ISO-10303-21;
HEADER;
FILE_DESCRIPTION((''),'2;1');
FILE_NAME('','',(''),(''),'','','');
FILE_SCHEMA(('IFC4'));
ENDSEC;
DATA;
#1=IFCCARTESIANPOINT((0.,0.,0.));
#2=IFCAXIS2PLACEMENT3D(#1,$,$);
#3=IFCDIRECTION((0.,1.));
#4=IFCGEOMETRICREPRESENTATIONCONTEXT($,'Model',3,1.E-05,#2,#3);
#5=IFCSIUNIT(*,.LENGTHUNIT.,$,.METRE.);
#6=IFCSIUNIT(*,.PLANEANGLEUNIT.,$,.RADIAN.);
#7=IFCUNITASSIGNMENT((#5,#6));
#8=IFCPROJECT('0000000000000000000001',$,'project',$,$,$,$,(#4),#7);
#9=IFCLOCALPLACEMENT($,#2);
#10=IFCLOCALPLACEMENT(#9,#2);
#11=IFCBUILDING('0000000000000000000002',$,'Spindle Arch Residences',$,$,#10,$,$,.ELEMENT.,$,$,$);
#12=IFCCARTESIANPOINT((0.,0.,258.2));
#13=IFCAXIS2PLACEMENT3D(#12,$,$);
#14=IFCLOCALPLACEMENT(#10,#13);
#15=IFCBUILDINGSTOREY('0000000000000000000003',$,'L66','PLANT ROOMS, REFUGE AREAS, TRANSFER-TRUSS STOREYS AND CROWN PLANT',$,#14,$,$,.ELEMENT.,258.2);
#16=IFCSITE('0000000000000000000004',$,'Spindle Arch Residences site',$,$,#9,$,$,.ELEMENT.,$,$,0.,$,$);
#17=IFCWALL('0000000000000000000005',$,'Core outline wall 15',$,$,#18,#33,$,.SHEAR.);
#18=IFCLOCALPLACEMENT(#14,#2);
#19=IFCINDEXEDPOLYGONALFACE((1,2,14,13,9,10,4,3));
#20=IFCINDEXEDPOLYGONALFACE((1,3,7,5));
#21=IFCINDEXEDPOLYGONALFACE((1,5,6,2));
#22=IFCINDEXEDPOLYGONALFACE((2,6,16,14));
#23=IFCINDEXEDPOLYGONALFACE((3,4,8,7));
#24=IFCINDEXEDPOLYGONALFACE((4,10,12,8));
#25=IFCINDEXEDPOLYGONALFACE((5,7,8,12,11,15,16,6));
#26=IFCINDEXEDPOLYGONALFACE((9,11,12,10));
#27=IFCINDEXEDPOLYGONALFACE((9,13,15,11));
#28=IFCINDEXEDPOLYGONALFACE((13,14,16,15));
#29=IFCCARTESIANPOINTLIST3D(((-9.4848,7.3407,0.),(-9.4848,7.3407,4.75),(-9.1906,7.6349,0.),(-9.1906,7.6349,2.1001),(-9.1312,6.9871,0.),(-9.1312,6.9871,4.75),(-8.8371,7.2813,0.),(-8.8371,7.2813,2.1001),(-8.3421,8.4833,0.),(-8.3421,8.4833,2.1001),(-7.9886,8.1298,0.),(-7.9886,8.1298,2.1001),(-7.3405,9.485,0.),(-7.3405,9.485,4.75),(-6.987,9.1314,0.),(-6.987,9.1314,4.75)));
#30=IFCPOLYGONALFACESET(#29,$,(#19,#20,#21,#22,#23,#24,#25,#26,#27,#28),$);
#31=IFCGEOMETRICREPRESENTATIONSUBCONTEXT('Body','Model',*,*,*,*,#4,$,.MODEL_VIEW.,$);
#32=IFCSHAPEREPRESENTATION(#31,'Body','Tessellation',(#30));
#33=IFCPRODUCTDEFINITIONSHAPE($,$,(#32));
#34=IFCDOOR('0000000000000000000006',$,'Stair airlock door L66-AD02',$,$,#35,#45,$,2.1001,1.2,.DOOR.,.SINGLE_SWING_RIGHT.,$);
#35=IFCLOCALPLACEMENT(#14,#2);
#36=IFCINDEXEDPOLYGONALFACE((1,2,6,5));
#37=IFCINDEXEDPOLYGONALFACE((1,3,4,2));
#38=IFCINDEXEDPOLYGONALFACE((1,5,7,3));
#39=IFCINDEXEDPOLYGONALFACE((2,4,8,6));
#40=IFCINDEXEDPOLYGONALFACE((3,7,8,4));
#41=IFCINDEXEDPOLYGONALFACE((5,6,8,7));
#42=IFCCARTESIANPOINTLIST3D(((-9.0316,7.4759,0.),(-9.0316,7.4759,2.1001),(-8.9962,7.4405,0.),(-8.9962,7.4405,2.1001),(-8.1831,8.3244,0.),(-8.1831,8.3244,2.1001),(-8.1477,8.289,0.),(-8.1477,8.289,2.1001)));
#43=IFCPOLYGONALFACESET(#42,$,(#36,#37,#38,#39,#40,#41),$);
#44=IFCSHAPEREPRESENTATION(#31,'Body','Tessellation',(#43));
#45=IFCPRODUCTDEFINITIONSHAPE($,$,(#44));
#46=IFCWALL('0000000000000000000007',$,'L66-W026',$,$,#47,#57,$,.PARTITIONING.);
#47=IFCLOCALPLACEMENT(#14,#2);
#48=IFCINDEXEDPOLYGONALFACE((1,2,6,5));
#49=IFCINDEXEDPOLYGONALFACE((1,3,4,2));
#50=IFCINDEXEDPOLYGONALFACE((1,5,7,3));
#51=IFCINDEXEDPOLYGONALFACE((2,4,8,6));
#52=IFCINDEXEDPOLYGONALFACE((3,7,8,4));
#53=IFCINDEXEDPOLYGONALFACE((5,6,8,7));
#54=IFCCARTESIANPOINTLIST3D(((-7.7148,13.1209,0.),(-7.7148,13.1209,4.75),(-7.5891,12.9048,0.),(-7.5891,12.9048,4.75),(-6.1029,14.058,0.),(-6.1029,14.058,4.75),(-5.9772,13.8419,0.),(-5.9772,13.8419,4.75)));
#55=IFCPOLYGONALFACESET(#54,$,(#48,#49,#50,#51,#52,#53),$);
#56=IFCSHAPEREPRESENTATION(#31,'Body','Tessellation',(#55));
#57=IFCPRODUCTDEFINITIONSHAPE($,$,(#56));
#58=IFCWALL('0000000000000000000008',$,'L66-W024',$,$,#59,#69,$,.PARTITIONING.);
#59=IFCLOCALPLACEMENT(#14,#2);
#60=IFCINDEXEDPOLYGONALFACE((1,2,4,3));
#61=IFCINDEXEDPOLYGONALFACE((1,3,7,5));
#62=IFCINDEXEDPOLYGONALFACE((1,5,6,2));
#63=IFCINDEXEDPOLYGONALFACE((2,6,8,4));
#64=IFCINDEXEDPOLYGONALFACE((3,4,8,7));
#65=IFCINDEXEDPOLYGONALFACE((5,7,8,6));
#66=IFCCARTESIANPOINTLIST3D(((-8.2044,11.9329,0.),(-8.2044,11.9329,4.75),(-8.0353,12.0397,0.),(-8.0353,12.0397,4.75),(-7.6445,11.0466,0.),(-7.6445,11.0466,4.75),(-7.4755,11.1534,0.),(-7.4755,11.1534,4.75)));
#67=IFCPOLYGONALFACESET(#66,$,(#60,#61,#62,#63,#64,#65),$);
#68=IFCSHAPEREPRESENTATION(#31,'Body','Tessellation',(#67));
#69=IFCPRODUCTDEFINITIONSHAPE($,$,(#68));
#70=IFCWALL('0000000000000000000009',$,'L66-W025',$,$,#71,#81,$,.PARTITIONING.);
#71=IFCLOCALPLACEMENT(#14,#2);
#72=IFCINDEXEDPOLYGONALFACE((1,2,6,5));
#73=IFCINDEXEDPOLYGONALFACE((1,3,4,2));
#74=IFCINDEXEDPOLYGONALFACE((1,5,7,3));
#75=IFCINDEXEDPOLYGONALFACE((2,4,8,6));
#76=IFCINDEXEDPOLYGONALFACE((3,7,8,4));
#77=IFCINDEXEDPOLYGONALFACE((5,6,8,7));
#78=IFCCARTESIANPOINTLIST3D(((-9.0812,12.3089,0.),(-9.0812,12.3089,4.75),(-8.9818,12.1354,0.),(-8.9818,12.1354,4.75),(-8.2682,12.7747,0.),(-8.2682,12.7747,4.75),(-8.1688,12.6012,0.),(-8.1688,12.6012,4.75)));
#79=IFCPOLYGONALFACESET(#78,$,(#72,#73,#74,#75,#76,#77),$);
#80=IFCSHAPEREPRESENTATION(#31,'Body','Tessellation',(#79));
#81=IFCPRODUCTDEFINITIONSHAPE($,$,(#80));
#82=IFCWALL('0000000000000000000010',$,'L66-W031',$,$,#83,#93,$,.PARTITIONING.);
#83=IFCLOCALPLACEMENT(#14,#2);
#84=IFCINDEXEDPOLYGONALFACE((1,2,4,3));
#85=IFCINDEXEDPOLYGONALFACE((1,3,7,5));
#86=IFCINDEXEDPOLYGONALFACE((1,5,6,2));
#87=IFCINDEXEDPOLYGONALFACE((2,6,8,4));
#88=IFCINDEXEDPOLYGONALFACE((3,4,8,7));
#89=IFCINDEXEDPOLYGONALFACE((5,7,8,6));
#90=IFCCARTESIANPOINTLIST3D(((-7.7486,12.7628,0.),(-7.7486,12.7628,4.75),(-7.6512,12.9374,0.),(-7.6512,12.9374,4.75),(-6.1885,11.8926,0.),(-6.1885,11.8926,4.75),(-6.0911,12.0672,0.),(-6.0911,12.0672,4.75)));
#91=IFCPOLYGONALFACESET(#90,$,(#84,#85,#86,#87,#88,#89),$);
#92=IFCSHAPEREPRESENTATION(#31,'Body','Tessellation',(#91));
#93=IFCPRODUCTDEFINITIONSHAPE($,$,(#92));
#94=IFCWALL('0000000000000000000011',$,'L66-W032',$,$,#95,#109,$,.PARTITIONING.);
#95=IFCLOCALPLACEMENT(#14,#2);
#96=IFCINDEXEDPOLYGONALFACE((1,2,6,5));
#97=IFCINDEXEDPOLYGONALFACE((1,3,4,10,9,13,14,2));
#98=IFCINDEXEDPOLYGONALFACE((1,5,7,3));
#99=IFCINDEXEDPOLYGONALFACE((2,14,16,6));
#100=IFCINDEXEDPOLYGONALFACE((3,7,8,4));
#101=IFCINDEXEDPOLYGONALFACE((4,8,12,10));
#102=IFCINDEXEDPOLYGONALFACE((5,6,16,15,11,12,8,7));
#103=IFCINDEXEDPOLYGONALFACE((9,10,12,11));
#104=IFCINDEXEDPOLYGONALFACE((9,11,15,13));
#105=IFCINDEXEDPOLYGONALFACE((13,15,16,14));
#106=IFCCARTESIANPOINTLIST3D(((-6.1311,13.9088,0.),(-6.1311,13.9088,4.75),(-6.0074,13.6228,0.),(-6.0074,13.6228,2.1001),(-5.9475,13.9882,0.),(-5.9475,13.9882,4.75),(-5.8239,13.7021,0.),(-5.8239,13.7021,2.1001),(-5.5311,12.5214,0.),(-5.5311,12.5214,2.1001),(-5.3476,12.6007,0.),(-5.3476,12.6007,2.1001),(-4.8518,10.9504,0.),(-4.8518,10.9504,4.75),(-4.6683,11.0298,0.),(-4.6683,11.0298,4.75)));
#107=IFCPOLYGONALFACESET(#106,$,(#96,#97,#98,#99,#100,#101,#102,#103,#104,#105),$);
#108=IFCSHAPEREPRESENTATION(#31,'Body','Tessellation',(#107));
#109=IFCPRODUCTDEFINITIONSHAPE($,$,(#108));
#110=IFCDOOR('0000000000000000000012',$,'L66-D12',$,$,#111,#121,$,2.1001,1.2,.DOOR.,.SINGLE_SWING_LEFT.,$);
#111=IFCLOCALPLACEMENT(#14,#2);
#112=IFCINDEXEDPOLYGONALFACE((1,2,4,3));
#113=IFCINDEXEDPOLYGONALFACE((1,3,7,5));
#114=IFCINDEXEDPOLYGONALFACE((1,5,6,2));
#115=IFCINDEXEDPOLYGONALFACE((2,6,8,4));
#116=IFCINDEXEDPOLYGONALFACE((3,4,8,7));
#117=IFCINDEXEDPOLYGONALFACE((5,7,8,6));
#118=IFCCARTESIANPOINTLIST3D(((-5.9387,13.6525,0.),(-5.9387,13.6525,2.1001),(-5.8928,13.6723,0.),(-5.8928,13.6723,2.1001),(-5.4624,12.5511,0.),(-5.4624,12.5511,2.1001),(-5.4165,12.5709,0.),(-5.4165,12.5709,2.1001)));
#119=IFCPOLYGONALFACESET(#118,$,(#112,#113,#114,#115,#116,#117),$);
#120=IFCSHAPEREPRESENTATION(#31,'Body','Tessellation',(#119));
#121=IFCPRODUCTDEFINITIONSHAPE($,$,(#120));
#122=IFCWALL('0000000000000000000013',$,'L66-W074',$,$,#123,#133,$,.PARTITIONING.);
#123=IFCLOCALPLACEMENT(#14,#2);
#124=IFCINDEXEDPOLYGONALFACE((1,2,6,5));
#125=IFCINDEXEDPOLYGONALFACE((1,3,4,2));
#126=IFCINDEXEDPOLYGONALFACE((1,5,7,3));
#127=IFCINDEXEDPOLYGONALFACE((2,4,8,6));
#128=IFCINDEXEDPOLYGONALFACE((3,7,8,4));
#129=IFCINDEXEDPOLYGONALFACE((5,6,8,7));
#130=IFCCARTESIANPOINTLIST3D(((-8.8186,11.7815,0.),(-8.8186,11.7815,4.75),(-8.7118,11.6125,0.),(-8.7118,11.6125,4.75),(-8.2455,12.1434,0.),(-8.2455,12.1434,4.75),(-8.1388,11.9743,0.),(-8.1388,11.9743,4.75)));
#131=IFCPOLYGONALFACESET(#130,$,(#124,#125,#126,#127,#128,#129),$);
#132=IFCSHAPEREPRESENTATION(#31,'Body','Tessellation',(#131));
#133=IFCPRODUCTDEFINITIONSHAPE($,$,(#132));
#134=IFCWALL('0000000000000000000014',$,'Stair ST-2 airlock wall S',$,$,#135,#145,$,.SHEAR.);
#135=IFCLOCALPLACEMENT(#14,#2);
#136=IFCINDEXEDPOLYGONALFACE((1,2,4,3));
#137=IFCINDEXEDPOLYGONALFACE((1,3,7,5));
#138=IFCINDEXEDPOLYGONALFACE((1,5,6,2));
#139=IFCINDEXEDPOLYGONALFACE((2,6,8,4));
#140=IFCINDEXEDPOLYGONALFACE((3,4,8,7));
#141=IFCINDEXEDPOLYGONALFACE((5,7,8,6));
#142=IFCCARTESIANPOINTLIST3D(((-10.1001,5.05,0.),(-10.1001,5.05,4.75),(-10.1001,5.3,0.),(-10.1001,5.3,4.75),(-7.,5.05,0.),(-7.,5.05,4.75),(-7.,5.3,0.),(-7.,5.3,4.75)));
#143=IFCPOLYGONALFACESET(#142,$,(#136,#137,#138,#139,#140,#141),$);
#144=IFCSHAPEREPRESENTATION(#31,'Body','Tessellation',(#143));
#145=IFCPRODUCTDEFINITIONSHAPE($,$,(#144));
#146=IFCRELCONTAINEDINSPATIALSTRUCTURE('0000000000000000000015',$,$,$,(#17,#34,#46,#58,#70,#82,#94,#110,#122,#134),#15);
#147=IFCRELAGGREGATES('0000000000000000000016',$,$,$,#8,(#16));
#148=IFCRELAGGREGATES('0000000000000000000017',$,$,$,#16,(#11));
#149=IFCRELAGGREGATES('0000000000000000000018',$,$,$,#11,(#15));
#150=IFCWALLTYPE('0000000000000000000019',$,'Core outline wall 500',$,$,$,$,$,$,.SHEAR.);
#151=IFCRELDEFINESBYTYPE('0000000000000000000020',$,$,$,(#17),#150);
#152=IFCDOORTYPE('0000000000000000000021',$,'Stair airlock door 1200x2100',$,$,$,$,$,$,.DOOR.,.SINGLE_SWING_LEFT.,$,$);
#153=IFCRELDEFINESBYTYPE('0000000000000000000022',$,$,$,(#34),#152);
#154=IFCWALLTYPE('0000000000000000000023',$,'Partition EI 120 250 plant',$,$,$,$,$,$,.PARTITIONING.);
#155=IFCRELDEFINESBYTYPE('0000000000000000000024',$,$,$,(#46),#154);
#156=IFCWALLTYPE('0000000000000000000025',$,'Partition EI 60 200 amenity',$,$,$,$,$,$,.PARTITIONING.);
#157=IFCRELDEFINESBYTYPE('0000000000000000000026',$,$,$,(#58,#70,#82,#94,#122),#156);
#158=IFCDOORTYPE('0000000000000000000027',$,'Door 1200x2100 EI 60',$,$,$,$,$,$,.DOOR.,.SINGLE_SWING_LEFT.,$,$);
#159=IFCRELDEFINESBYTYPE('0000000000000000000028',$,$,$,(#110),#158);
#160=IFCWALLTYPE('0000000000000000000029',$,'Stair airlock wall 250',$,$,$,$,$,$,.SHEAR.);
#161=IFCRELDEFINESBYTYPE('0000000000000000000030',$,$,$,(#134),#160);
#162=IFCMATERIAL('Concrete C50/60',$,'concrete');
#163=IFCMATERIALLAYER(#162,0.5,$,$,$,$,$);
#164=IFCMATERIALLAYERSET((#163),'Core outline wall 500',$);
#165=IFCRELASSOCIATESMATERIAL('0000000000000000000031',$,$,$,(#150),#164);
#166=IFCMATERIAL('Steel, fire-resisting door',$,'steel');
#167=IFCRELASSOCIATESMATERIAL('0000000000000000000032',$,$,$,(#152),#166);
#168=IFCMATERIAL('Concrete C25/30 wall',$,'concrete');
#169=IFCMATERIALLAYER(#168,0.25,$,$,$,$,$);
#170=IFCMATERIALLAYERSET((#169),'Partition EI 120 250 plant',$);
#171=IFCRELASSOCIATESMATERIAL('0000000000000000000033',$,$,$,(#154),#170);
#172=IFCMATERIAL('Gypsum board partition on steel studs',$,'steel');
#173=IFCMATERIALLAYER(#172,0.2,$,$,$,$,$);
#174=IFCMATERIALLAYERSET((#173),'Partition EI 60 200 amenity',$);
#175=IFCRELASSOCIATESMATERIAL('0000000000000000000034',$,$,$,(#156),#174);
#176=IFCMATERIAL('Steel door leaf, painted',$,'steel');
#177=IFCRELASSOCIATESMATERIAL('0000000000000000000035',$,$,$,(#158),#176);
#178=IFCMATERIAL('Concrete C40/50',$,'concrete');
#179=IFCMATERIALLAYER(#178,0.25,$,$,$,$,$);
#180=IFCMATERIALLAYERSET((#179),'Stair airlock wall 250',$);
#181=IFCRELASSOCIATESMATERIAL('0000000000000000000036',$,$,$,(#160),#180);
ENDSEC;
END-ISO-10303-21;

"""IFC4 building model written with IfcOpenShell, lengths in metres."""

from ifc_helpers import new_model, si_unit, direction, frame, frame_2d, origin, place, context, subcontext, project, spatial, rectangle, extrude, material, layer, layer_set, type_object, element, fill, save


model = new_model("IFC4")

# Units and contexts
model_context = context("Model", 3, precision=1e-05, world=origin(), true_north=direction((0.0, 1.0)))
body_context = subcontext(model_context, "Body", "Model", "MODEL_VIEW")
ifc_project = project(units=[si_unit("LENGTHUNIT", "METRE"), si_unit("PLANEANGLEUNIT", "RADIAN")], contexts=[model_context])

# Site, building, storey
site_placement = place(None, origin())
site = spatial("IfcSite", under=ifc_project, at=site_placement, Name="Spindle Arch Residences site", CompositionType="ELEMENT", RefElevation=0.0)
building_placement = place(site_placement, origin())
building = spatial("IfcBuilding", under=site, at=building_placement, Name="Spindle Arch Residences", CompositionType="ELEMENT")
storey_placement = place(building_placement, frame((0.0, 0.0, 258.2)))
storey = spatial("IfcBuildingStorey", under=building, at=storey_placement, Name="L66", Description="PLANT ROOMS, REFUGE AREAS, TRANSFER-TRUSS STOREYS AND CROWN PLANT", CompositionType="ELEMENT", Elevation=258.2)

# Wall, opening, door
ifc_material_1 = material(Name="Concrete C50/60", Category="concrete")
ifc_layer_1 = layer(ifc_material_1, 0.5)
ifc_layer_set_1 = layer_set([ifc_layer_1], Name="Core outline wall 500")
wall_type_1 = type_object("IfcWallType", Name="Core outline wall 500", PredefinedType="SHEAR", material=ifc_layer_set_1)
wall_1_placement = place(storey_placement, frame((-7.1638, 9.3081, 0.0), z_axis=(0.0, 0.0, 1.0), x_axis=(-0.707107, -0.707107, 0.0)))
wall_1 = element("IfcWall", 1, at=wall_1_placement, inside=storey, type_object=wall_type_1, Name="Core outline wall 15", PredefinedType="SHEAR", context=body_context, shape_type="SweptSolid", body=[
    extrude(rectangle(XDim=3.0325, YDim=0.5, at=frame_2d((1.5161, 0.0))), origin(), (0.0, 0.0, 1.0), 4.75),
])
opening_1_placement = place(wall_1_placement, frame((1.4163, 0.0, 0.0)))
opening_1 = element("IfcOpeningElement", 2, at=opening_1_placement, cuts=wall_1, PredefinedType="OPENING", context=body_context, shape_type="SweptSolid", body=[
    extrude(rectangle(XDim=1.2, YDim=2.1001, at=frame_2d((0.6001, 1.05))), frame((0.0, 0.26, 0.0), z_axis=(0.0, -1.0, 0.0), x_axis=(1.0, 0.0, 0.0)), (0.0, 0.0, 1.0), 0.52),
])
ifc_material_2 = material(Name="Steel, fire-resisting door", Category="steel")
door_type_1 = type_object("IfcDoorType", Name="Stair airlock door 1200x2100", OperationType="SINGLE_SWING_LEFT", PredefinedType="DOOR", material=ifc_material_2)
door_1_placement = place(opening_1_placement, origin())
door_1 = element("IfcDoor", 3, at=door_1_placement, inside=storey, type_object=door_type_1, Name="Stair airlock door L66-AD02", OperationType="SINGLE_SWING_RIGHT", OverallHeight=2.1001, OverallWidth=1.2, PredefinedType="DOOR", context=body_context, shape_type="SweptSolid", body=[
    extrude(rectangle(XDim=1.2, YDim=2.1001, at=frame_2d((0.6001, 1.05))), frame((0.0, 0.0249, 0.0), z_axis=(0.0, -1.0, 0.0), x_axis=(1.0, 0.0, 0.0)), (0.0, 0.0, 1.0), 0.05),
])
fill(opening_1, door_1)

# Walls
ifc_material_3 = material(Name="Concrete C25/30 wall", Category="concrete")
ifc_layer_2 = layer(ifc_material_3, 0.25)
ifc_layer_set_2 = layer_set([ifc_layer_2], Name="Partition EI 120 250 plant")
wall_type_2 = type_object("IfcWallType", Name="Partition EI 120 250 plant", PredefinedType="PARTITIONING", material=ifc_layer_set_2)
wall_2_placement = place(storey_placement, frame((-7.6519, 13.0129, 0.0), z_axis=(0.0, 0.0, 1.0), x_axis=(0.864528, 0.502584, 0.0)))
element("IfcWall", 4, at=wall_2_placement, inside=storey, type_object=wall_type_2, Name="L66-W026", PredefinedType="PARTITIONING", context=body_context, shape_type="SweptSolid", body=[
    extrude(rectangle(XDim=1.8645, YDim=0.25, at=frame_2d((0.9321, 0.0))), origin(), (0.0, 0.0, 1.0), 4.75),
])
ifc_material_4 = material(Name="Gypsum board partition on steel studs", Category="steel")
ifc_layer_3 = layer(ifc_material_4, 0.2)
ifc_layer_set_3 = layer_set([ifc_layer_3], Name="Partition EI 60 200 amenity")
wall_type_3 = type_object("IfcWallType", Name="Partition EI 60 200 amenity", PredefinedType="PARTITIONING", material=ifc_layer_set_3)
wall_3_placement = place(storey_placement, frame((-8.1199, 11.9863, 0.0), z_axis=(0.0, 0.0, 1.0), x_axis=(0.534054, -0.84545, 0.0)))
element("IfcWall", 5, at=wall_3_placement, inside=storey, type_object=wall_type_3, Name="L66-W024", PredefinedType="PARTITIONING", context=body_context, shape_type="SweptSolid", body=[
    extrude(rectangle(XDim=1.0483, YDim=0.2, at=frame_2d((0.5242, 0.0))), origin(), (0.0, 0.0, 1.0), 4.75),
])
wall_4_placement = place(storey_placement, frame((-8.2185, 12.688, 0.0), z_axis=(0.0, 0.0, 1.0), x_axis=(-0.867665, -0.497149, 0.0)))
element("IfcWall", 6, at=wall_4_placement, inside=storey, type_object=wall_type_3, Name="L66-W025", PredefinedType="PARTITIONING", context=body_context, shape_type="SweptSolid", body=[
    extrude(rectangle(XDim=0.937, YDim=0.2, at=frame_2d((0.4685, 0.0))), origin(), (0.0, 0.0, 1.0), 4.75),
])
wall_5_placement = place(storey_placement, frame((-6.1399, 11.98, 0.0), z_axis=(0.0, 0.0, 1.0), x_axis=(-0.873344, 0.487104, 0.0)))
element("IfcWall", 7, at=wall_5_placement, inside=storey, type_object=wall_type_3, Name="L66-W031", PredefinedType="PARTITIONING", context=body_context, shape_type="SweptSolid", body=[
    extrude(rectangle(XDim=1.7864, YDim=0.2, at=frame_2d((0.8931, 0.0))), origin(), (0.0, 0.0, 1.0), 4.75),
])

# Wall, opening, door
wall_6_placement = place(storey_placement, frame((-6.0393, 13.9485, 0.0), z_axis=(0.0, 0.0, 1.0), x_axis=(0.396897, -0.917863, 0.0)))
wall_6 = element("IfcWall", 8, at=wall_6_placement, inside=storey, type_object=wall_type_3, Name="L66-W032", PredefinedType="PARTITIONING", context=body_context, shape_type="SweptSolid", body=[
    extrude(rectangle(XDim=3.2231, YDim=0.2, at=frame_2d((1.6116, 0.0))), origin(), (0.0, 0.0, 1.0), 4.75),
])
opening_2_placement = place(wall_6_placement, frame((0.3115, 0.0, 0.0)))
opening_2 = element("IfcOpeningElement", 9, at=opening_2_placement, cuts=wall_6, PredefinedType="OPENING", context=body_context, shape_type="SweptSolid", body=[
    extrude(rectangle(XDim=1.2, YDim=2.1001, at=frame_2d((0.6001, 1.05))), frame((0.0, 0.1099, 0.0), z_axis=(0.0, -1.0, 0.0), x_axis=(1.0, 0.0, 0.0)), (0.0, 0.0, 1.0), 0.22),
])
ifc_material_5 = material(Name="Steel door leaf, painted", Category="steel")
door_type_2 = type_object("IfcDoorType", Name="Door 1200x2100 EI 60", OperationType="SINGLE_SWING_LEFT", PredefinedType="DOOR", material=ifc_material_5)
door_2_placement = place(opening_2_placement, origin())
door_2 = element("IfcDoor", 10, at=door_2_placement, inside=storey, type_object=door_type_2, Name="L66-D12", OperationType="SINGLE_SWING_LEFT", OverallHeight=2.1001, OverallWidth=1.2, PredefinedType="DOOR", context=body_context, shape_type="SweptSolid", body=[
    extrude(rectangle(XDim=1.2, YDim=2.1001, at=frame_2d((0.6001, 1.05))), frame((0.0, 0.0249, 0.0), z_axis=(0.0, -1.0, 0.0), x_axis=(1.0, 0.0, 0.0)), (0.0, 0.0, 1.0), 0.05),
])
fill(opening_2, door_2)

# Walls
wall_7_placement = place(storey_placement, frame((-8.1921, 12.0588, 0.0), z_axis=(0.0, 0.0, 1.0), x_axis=(-0.84554, -0.533912, 0.0)))
element("IfcWall", 11, at=wall_7_placement, inside=storey, type_object=wall_type_3, Name="L66-W074", PredefinedType="PARTITIONING", context=body_context, shape_type="SweptSolid", body=[
    extrude(rectangle(XDim=0.6777, YDim=0.2, at=frame_2d((0.3389, 0.0))), origin(), (0.0, 0.0, 1.0), 4.75),
])
ifc_material_6 = material(Name="Concrete C40/50", Category="concrete")
ifc_layer_4 = layer(ifc_material_6, 0.25)
ifc_layer_set_4 = layer_set([ifc_layer_4], Name="Stair airlock wall 250")
wall_type_4 = type_object("IfcWallType", Name="Stair airlock wall 250", PredefinedType="SHEAR", material=ifc_layer_set_4)
wall_8_placement = place(storey_placement, frame((-7.0, 5.175, 0.0), z_axis=(0.0, 0.0, 1.0), x_axis=(-1.0, 0.0, 0.0)))
element("IfcWall", 12, at=wall_8_placement, inside=storey, type_object=wall_type_4, Name="Stair ST-2 airlock wall S", PredefinedType="SHEAR", context=body_context, shape_type="SweptSolid", body=[
    extrude(rectangle(XDim=3.1001, YDim=0.25, at=frame_2d((1.55, 0.0))), origin(), (0.0, 0.0, 1.0), 4.75),
])

save(model, "model.ifc")
